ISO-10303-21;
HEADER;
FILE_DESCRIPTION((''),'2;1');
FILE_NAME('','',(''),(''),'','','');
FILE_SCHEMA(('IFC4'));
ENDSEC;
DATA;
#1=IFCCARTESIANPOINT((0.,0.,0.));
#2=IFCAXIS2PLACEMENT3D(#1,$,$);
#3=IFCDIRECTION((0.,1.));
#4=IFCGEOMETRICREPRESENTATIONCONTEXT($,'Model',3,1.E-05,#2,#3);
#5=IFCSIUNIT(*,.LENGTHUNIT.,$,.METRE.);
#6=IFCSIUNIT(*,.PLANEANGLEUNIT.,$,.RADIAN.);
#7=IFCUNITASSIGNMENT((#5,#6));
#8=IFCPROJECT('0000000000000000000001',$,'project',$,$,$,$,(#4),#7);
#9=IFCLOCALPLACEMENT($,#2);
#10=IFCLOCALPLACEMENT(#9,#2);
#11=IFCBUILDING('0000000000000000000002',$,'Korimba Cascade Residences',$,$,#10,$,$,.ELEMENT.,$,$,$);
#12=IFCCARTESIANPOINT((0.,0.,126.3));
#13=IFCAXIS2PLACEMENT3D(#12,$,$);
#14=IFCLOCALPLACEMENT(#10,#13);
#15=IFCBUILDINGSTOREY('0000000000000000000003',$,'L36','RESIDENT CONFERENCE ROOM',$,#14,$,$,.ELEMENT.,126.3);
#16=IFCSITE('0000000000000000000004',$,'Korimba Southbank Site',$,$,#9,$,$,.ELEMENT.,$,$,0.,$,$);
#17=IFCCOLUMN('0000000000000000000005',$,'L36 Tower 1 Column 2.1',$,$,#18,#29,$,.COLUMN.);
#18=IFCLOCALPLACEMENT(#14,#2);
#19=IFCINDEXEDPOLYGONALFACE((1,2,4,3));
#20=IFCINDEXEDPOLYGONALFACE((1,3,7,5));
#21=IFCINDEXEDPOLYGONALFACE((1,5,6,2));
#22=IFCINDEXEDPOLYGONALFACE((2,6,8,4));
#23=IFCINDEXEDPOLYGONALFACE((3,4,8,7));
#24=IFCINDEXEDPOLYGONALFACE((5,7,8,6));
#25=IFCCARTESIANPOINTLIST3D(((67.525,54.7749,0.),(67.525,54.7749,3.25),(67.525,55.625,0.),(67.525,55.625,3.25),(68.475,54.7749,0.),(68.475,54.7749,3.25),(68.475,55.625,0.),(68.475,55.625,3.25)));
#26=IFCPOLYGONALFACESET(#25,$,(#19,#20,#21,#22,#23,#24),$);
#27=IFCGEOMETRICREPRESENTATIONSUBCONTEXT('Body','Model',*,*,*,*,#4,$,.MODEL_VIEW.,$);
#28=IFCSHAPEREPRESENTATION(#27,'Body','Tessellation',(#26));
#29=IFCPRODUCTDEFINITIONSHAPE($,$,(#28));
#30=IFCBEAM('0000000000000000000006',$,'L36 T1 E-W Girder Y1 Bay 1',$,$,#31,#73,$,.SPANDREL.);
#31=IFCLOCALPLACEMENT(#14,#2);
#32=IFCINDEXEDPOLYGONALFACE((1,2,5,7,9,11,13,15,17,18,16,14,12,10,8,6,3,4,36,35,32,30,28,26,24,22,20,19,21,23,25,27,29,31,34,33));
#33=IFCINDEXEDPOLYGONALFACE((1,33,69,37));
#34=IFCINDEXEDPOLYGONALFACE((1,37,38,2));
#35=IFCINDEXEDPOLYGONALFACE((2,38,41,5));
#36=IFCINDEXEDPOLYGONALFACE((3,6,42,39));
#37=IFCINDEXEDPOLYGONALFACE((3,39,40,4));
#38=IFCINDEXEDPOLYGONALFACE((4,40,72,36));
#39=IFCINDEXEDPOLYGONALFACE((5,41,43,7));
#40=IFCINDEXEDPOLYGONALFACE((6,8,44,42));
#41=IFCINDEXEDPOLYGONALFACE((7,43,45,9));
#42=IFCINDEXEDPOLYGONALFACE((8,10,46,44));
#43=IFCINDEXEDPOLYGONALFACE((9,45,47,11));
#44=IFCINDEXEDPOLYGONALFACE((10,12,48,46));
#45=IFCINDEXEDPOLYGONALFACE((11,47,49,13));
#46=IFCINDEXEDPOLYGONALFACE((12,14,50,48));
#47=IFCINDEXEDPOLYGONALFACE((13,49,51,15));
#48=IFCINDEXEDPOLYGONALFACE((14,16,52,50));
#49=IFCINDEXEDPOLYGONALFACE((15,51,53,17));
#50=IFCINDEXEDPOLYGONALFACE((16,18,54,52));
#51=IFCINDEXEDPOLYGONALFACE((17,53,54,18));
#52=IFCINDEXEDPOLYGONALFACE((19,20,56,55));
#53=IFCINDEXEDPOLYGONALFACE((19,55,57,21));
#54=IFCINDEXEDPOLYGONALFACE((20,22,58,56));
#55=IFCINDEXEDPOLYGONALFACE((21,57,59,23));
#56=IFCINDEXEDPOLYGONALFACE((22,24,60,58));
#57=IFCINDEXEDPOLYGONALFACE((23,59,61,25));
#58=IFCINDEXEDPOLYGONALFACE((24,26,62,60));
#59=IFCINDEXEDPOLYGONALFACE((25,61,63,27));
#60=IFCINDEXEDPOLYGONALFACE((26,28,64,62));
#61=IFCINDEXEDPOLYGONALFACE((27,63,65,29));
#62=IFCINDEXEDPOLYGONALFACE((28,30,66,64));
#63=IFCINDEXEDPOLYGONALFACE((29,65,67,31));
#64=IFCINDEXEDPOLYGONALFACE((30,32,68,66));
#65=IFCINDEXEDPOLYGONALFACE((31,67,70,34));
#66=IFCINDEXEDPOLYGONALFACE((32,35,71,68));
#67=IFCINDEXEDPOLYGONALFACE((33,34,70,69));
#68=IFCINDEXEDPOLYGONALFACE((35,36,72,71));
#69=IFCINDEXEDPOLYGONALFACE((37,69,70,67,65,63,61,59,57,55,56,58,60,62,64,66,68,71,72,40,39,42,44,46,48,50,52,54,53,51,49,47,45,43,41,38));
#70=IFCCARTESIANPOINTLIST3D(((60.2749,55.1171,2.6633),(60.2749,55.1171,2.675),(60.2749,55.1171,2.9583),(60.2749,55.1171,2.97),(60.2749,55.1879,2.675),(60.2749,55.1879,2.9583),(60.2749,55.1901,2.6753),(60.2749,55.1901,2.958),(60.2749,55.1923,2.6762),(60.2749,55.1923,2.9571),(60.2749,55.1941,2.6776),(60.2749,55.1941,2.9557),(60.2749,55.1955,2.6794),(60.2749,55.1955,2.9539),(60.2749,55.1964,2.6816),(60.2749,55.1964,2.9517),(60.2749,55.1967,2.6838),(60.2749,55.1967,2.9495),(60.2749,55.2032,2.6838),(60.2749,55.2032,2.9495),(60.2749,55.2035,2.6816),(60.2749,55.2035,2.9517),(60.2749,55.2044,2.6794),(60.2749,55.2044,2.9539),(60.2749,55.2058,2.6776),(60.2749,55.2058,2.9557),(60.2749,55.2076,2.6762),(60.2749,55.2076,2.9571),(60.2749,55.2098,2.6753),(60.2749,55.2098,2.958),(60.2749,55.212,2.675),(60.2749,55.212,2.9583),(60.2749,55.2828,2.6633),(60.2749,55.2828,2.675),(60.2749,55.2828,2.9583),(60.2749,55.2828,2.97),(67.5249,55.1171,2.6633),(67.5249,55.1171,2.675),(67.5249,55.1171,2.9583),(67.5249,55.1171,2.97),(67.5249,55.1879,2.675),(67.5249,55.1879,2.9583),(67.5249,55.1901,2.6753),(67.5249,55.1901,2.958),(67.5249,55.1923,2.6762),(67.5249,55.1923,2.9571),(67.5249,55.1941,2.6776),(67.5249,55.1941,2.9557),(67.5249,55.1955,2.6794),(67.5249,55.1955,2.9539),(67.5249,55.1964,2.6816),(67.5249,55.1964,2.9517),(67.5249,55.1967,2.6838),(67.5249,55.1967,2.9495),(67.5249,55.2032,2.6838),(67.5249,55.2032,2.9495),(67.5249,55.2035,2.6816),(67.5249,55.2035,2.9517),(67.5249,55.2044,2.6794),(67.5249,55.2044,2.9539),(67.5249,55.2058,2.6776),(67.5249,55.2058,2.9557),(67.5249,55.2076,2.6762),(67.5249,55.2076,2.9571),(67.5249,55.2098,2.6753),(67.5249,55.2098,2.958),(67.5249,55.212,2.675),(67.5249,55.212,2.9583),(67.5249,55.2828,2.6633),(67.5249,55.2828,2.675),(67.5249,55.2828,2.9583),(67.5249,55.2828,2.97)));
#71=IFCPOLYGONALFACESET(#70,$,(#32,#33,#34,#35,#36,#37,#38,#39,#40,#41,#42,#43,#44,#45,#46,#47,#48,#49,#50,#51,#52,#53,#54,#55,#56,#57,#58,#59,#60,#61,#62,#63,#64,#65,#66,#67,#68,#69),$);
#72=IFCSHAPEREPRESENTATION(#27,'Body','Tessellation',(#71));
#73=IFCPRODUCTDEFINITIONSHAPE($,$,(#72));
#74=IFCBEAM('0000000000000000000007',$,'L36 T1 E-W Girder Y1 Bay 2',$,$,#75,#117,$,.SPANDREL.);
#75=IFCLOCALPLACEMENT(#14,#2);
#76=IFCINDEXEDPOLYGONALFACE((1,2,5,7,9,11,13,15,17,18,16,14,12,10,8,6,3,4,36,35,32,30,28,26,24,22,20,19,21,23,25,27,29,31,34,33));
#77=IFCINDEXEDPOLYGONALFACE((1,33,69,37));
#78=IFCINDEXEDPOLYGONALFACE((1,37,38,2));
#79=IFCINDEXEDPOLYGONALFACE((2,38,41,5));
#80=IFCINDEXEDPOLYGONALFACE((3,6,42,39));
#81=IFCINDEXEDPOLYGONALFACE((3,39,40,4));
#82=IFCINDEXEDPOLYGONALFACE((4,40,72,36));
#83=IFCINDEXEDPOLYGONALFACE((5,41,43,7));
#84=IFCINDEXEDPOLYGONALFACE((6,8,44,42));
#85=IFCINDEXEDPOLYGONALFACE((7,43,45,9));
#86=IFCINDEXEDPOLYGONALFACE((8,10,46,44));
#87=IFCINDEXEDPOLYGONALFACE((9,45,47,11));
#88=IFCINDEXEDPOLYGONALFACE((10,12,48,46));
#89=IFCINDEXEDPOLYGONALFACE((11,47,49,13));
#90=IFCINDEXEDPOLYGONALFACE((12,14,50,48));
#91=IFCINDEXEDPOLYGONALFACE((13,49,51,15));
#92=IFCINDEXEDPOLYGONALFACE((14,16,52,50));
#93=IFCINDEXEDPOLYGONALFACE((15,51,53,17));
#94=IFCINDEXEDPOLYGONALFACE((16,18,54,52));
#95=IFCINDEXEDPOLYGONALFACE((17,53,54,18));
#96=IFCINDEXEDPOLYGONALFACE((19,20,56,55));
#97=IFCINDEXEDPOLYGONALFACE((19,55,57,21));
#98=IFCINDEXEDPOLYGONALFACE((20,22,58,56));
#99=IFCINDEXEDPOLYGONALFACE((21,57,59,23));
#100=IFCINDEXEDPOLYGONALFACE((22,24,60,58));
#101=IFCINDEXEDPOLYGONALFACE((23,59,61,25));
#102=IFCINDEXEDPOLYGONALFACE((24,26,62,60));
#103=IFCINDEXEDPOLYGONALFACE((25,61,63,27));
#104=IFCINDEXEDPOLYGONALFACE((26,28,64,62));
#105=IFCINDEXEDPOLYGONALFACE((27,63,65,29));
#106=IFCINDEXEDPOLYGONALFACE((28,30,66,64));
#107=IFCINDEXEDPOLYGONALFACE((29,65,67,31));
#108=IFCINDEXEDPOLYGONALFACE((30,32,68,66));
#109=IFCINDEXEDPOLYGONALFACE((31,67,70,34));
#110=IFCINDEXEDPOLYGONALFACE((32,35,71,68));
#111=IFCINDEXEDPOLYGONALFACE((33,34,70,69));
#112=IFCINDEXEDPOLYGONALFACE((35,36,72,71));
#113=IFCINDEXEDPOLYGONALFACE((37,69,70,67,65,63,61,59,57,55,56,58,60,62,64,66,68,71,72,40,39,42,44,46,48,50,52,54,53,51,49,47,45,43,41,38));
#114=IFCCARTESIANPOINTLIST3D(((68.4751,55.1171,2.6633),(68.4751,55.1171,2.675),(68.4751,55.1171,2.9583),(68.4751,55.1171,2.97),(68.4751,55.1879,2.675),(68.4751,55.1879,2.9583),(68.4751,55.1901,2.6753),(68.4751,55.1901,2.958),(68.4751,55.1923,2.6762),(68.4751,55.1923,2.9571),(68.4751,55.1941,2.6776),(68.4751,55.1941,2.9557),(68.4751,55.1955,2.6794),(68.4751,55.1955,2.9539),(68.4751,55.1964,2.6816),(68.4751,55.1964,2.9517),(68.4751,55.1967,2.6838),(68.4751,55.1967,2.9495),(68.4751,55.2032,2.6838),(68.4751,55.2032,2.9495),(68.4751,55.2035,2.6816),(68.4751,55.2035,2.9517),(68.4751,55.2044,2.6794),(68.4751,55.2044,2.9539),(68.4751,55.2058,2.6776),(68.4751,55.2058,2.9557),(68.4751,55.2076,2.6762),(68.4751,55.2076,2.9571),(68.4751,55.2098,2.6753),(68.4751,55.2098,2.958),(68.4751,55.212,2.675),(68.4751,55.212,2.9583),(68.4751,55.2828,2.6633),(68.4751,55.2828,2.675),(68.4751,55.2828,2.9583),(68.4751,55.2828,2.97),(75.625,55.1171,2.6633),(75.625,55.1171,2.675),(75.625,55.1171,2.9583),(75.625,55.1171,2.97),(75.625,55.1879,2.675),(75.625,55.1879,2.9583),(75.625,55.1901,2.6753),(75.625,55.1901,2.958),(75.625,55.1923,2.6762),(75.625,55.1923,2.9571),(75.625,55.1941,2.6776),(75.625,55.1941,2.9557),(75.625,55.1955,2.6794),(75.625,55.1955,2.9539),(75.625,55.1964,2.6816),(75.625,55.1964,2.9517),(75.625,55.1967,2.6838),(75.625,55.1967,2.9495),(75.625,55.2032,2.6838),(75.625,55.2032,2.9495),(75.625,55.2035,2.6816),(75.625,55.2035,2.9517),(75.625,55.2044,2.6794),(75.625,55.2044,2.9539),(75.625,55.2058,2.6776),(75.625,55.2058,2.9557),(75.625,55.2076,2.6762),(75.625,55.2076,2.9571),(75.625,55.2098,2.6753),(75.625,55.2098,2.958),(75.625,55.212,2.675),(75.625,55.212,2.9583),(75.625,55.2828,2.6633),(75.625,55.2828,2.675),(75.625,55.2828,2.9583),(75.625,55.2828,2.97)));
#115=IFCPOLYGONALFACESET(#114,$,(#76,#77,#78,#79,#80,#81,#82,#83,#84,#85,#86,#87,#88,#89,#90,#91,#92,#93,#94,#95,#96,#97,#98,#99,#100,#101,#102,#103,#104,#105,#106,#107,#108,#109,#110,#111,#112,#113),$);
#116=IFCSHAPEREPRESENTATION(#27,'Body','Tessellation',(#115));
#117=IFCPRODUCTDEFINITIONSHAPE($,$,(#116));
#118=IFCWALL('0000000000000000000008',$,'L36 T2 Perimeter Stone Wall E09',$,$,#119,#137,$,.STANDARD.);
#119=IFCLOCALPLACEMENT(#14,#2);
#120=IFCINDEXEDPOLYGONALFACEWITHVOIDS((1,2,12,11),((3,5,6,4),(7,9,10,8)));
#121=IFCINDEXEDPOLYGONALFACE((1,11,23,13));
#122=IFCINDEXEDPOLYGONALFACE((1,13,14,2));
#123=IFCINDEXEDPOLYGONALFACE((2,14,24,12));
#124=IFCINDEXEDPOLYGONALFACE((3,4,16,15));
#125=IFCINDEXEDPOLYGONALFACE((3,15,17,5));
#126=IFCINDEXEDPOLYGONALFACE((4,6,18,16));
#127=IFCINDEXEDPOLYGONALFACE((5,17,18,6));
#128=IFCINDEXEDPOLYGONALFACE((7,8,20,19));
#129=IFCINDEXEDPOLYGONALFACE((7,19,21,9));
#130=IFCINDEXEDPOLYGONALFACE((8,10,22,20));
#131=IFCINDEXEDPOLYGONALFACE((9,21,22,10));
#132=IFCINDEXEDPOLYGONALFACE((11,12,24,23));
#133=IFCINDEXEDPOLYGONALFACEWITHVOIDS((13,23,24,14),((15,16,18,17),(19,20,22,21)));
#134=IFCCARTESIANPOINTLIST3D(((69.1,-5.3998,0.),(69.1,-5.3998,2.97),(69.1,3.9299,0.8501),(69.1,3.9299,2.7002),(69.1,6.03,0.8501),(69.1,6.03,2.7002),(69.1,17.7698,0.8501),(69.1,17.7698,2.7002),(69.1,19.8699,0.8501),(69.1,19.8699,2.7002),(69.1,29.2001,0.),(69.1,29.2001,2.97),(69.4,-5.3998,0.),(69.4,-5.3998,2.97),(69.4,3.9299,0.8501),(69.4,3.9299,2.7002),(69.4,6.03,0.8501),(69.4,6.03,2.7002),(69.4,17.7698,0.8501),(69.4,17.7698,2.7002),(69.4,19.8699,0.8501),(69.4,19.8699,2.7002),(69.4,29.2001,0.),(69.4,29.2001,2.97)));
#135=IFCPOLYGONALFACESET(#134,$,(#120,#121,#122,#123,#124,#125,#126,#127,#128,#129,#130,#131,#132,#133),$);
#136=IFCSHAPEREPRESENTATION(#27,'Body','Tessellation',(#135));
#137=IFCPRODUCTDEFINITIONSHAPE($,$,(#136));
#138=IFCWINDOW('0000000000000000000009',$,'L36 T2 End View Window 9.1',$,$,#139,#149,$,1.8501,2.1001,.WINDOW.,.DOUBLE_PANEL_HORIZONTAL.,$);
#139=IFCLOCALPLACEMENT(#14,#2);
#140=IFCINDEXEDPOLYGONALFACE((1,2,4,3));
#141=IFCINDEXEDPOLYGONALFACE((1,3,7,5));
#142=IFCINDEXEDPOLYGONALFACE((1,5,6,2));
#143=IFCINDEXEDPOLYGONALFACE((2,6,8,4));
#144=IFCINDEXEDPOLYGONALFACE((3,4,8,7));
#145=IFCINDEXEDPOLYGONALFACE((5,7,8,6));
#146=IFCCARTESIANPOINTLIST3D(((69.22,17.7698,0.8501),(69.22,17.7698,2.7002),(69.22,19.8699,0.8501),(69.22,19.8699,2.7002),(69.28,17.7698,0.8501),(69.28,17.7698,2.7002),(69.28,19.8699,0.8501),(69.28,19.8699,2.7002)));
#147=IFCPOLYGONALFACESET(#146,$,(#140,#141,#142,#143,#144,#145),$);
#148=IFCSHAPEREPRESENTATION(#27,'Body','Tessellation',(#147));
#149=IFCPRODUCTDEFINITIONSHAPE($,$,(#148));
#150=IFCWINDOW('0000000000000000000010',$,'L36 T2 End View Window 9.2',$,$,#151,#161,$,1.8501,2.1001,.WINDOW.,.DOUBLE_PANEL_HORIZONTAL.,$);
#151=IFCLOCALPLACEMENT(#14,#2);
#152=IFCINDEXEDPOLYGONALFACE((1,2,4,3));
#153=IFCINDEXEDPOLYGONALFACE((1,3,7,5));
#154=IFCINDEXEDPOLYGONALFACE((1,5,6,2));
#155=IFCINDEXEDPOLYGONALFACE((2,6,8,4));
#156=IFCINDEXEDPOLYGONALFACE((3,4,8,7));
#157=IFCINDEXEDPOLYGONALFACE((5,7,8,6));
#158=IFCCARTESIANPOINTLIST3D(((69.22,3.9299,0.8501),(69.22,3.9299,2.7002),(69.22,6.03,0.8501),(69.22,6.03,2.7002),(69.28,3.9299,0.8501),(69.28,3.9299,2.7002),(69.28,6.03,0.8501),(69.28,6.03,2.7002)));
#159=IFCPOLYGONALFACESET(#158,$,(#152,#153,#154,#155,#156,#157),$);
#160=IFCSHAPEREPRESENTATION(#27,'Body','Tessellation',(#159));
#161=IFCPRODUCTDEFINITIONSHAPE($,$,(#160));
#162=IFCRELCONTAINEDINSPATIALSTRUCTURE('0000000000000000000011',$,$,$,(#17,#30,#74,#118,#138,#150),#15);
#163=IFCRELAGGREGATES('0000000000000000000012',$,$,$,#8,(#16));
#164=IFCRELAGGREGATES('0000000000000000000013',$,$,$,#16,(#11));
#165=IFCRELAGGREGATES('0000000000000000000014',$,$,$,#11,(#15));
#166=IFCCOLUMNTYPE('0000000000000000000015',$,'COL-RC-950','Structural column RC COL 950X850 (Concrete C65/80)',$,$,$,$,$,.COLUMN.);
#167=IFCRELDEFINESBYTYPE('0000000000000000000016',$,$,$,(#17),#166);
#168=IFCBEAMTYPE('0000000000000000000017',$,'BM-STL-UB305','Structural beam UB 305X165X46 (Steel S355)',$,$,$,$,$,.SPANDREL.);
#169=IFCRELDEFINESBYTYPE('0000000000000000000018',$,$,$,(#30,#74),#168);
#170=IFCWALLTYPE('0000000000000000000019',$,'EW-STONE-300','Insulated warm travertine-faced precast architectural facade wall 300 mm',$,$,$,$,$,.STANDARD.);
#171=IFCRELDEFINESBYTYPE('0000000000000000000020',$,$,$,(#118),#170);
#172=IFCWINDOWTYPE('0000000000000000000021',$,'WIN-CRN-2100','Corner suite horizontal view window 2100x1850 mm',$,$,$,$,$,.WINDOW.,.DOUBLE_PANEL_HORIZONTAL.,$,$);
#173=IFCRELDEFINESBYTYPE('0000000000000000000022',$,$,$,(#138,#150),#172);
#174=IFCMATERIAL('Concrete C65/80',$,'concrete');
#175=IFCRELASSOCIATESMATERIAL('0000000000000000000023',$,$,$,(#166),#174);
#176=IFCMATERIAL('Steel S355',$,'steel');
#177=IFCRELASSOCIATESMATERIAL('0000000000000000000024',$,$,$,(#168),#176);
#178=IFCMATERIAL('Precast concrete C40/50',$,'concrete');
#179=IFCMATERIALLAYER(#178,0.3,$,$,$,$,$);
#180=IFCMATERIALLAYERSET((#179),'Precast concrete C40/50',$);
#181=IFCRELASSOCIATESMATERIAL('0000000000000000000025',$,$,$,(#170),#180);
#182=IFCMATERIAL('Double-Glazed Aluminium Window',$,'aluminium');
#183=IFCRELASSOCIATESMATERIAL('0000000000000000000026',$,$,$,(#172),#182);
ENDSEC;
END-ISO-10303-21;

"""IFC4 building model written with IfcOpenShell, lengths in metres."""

from ifc_helpers import new_model, si_unit, direction, frame, frame_2d, origin, origin_2d, place, context, subcontext, project, spatial, rectangle, i_section, extrude, material, layer, layer_set, material_profile, profile_set, type_object, element, fill, save


model = new_model("IFC4")

# Units and contexts
model_context = context("Model", 3, precision=1e-05, world=origin(), true_north=direction((0.0, 1.0)))
body_context = subcontext(model_context, "Body", "Model", "MODEL_VIEW")
ifc_project = project(units=[si_unit("LENGTHUNIT", "METRE"), si_unit("PLANEANGLEUNIT", "RADIAN")], contexts=[model_context])

# Site, building, storey
site_placement = place(None, origin())
site = spatial("IfcSite", under=ifc_project, at=site_placement, Name="Korimba Southbank Site", CompositionType="ELEMENT", RefElevation=0.0)
building_placement = place(site_placement, origin())
building = spatial("IfcBuilding", under=site, at=building_placement, Name="Korimba Cascade Residences", CompositionType="ELEMENT")
storey_placement = place(building_placement, frame((0.0, 0.0, 126.3)))
storey = spatial("IfcBuildingStorey", under=building, at=storey_placement, Name="L36", Description="RESIDENT CONFERENCE ROOM", CompositionType="ELEMENT", Elevation=126.3)

# Column
ifc_material_1 = material(Name="Concrete C65/80", Category="concrete")
ifc_material_profile_1 = material_profile(ifc_material_1, rectangle(XDim=0.95, YDim=0.8501, at=origin_2d()), Name="Concrete C65/80")
ifc_profile_set_1 = profile_set([ifc_material_profile_1], Name="Concrete C65/80")
column_type = type_object("IfcColumnType", Name="COL-RC-950", Description="Structural column RC COL 950X850 (Concrete C65/80)", PredefinedType="COLUMN", material=ifc_profile_set_1)
column_placement = place(storey_placement, frame((68.0, 55.2, 0.0), z_axis=(0.0, 0.0, 1.0), x_axis=(1.0, 0.0, 0.0)))
element("IfcColumn", 1, at=column_placement, inside=storey, type_object=column_type, Name="L36 Tower 1 Column 2.1", PredefinedType="COLUMN", context=body_context, shape_type="SweptSolid", body=[
    extrude(rectangle(XDim=0.95, YDim=0.8501, at=origin_2d()), origin(), (0.0, 0.0, 1.0), 3.25),
])

# Beams
ifc_material_2 = material(Name="Steel S355", Category="steel")
ifc_material_profile_2 = material_profile(ifc_material_2, i_section(OverallWidth=0.1658, OverallDepth=0.3066, WebThickness=0.0066, FlangeThickness=0.0117, FilletRadius=0.0088, at=origin_2d()), Name="Steel S355")
ifc_profile_set_2 = profile_set([ifc_material_profile_2], Name="Steel S355")
beam_type = type_object("IfcBeamType", Name="BM-STL-UB305", Description="Structural beam UB 305X165X46 (Steel S355)", PredefinedType="SPANDREL", material=ifc_profile_set_2)
beam_1_placement = place(storey_placement, frame((60.2749, 55.2, 2.8167), z_axis=(1.0, 0.0, 0.0), x_axis=(0.0, 1.0, 0.0)))
element("IfcBeam", 2, at=beam_1_placement, inside=storey, type_object=beam_type, Name="L36 T1 E-W Girder Y1 Bay 1", PredefinedType="SPANDREL", context=body_context, shape_type="SweptSolid", body=[
    extrude(i_section(OverallWidth=0.1658, OverallDepth=0.3066, WebThickness=0.0066, FlangeThickness=0.0117, FilletRadius=0.0088, at=origin_2d()), origin(), (0.0, 0.0, 1.0), 7.25),
])
beam_2_placement = place(storey_placement, frame((68.4751, 55.2, 2.8167), z_axis=(1.0, 0.0, 0.0), x_axis=(0.0, 1.0, 0.0)))
element("IfcBeam", 3, at=beam_2_placement, inside=storey, type_object=beam_type, Name="L36 T1 E-W Girder Y1 Bay 2", PredefinedType="SPANDREL", context=body_context, shape_type="SweptSolid", body=[
    extrude(i_section(OverallWidth=0.1658, OverallDepth=0.3066, WebThickness=0.0066, FlangeThickness=0.0117, FilletRadius=0.0088, at=origin_2d()), origin(), (0.0, 0.0, 1.0), 7.1499),
])

# Wall, openings, windows
ifc_material_3 = material(Name="Precast concrete C40/50", Category="concrete")
ifc_layer_1 = layer(ifc_material_3, 0.3)
ifc_layer_set_1 = layer_set([ifc_layer_1], Name="Precast concrete C40/50")
wall_type_1 = type_object("IfcWallType", Name="EW-STONE-300", Description="Insulated warm travertine-faced precast architectural facade wall 300 mm", PredefinedType="STANDARD", material=ifc_layer_set_1)
wall_1_placement = place(storey_placement, frame((69.25, 29.2, 0.0), z_axis=(0.0, 0.0, 1.0), x_axis=(0.0, -1.0, 0.0)))
wall_1 = element("IfcWall", 4, at=wall_1_placement, inside=storey, type_object=wall_type_1, Name="L36 T2 Perimeter Stone Wall E09", PredefinedType="STANDARD", context=body_context, shape_type="SweptSolid", body=[
    extrude(rectangle(XDim=34.5999, YDim=0.3, at=frame_2d((17.2998, 0.0))), origin(), (0.0, 0.0, 1.0), 2.97),
])
opening_1_placement = place(wall_1_placement, frame((9.3301, 0.0, 0.8501)))
opening_1 = element("IfcOpeningElement", 5, at=opening_1_placement, cuts=wall_1, PredefinedType="OPENING", context=body_context, shape_type="SweptSolid", body=[
    extrude(rectangle(XDim=2.1001, YDim=1.8501, at=frame_2d((1.05, 0.925))), frame((0.0, 0.1602, 0.0), z_axis=(0.0, -1.0, 0.0), x_axis=(1.0, 0.0, 0.0)), (0.0, 0.0, 1.0), 0.3201),
])
opening_2_placement = place(wall_1_placement, frame((23.1699, 0.0, 0.8501)))
opening_2 = element("IfcOpeningElement", 6, at=opening_2_placement, cuts=wall_1, PredefinedType="OPENING", context=body_context, shape_type="SweptSolid", body=[
    extrude(rectangle(XDim=2.1001, YDim=1.8501, at=frame_2d((1.05, 0.925))), frame((0.0, 0.1602, 0.0), z_axis=(0.0, -1.0, 0.0), x_axis=(1.0, 0.0, 0.0)), (0.0, 0.0, 1.0), 0.3201),
])
ifc_material_4 = material(Name="Double-Glazed Aluminium Window", Category="aluminium")
window_type = type_object("IfcWindowType", Name="WIN-CRN-2100", Description="Corner suite horizontal view window 2100x1850 mm", PartitioningType="DOUBLE_PANEL_HORIZONTAL", PredefinedType="WINDOW", material=ifc_material_4)
window_1_placement = place(opening_1_placement, origin())
window_1 = element("IfcWindow", 7, at=window_1_placement, inside=storey, type_object=window_type, Name="L36 T2 End View Window 9.1", OverallHeight=1.8501, OverallWidth=2.1001, PartitioningType="DOUBLE_PANEL_HORIZONTAL", PredefinedType="WINDOW", context=body_context, shape_type="SweptSolid", body=[
    extrude(rectangle(XDim=2.1001, YDim=1.8501, at=frame_2d((1.05, 0.925))), frame((0.0, 0.03, 0.0), z_axis=(0.0, -1.0, 0.0), x_axis=(1.0, 0.0, 0.0)), (0.0, 0.0, 1.0), 0.0601),
])
fill(opening_1, window_1)
window_2_placement = place(opening_2_placement, origin())
window_2 = element("IfcWindow", 8, at=window_2_placement, inside=storey, type_object=window_type, Name="L36 T2 End View Window 9.2", OverallHeight=1.8501, OverallWidth=2.1001, PartitioningType="DOUBLE_PANEL_HORIZONTAL", PredefinedType="WINDOW", context=body_context, shape_type="SweptSolid", body=[
    extrude(rectangle(XDim=2.1001, YDim=1.8501, at=frame_2d((1.05, 0.925))), frame((0.0, 0.03, 0.0), z_axis=(0.0, -1.0, 0.0), x_axis=(1.0, 0.0, 0.0)), (0.0, 0.0, 1.0), 0.0601),
])
fill(opening_2, window_2)

save(model, "model.ifc")
